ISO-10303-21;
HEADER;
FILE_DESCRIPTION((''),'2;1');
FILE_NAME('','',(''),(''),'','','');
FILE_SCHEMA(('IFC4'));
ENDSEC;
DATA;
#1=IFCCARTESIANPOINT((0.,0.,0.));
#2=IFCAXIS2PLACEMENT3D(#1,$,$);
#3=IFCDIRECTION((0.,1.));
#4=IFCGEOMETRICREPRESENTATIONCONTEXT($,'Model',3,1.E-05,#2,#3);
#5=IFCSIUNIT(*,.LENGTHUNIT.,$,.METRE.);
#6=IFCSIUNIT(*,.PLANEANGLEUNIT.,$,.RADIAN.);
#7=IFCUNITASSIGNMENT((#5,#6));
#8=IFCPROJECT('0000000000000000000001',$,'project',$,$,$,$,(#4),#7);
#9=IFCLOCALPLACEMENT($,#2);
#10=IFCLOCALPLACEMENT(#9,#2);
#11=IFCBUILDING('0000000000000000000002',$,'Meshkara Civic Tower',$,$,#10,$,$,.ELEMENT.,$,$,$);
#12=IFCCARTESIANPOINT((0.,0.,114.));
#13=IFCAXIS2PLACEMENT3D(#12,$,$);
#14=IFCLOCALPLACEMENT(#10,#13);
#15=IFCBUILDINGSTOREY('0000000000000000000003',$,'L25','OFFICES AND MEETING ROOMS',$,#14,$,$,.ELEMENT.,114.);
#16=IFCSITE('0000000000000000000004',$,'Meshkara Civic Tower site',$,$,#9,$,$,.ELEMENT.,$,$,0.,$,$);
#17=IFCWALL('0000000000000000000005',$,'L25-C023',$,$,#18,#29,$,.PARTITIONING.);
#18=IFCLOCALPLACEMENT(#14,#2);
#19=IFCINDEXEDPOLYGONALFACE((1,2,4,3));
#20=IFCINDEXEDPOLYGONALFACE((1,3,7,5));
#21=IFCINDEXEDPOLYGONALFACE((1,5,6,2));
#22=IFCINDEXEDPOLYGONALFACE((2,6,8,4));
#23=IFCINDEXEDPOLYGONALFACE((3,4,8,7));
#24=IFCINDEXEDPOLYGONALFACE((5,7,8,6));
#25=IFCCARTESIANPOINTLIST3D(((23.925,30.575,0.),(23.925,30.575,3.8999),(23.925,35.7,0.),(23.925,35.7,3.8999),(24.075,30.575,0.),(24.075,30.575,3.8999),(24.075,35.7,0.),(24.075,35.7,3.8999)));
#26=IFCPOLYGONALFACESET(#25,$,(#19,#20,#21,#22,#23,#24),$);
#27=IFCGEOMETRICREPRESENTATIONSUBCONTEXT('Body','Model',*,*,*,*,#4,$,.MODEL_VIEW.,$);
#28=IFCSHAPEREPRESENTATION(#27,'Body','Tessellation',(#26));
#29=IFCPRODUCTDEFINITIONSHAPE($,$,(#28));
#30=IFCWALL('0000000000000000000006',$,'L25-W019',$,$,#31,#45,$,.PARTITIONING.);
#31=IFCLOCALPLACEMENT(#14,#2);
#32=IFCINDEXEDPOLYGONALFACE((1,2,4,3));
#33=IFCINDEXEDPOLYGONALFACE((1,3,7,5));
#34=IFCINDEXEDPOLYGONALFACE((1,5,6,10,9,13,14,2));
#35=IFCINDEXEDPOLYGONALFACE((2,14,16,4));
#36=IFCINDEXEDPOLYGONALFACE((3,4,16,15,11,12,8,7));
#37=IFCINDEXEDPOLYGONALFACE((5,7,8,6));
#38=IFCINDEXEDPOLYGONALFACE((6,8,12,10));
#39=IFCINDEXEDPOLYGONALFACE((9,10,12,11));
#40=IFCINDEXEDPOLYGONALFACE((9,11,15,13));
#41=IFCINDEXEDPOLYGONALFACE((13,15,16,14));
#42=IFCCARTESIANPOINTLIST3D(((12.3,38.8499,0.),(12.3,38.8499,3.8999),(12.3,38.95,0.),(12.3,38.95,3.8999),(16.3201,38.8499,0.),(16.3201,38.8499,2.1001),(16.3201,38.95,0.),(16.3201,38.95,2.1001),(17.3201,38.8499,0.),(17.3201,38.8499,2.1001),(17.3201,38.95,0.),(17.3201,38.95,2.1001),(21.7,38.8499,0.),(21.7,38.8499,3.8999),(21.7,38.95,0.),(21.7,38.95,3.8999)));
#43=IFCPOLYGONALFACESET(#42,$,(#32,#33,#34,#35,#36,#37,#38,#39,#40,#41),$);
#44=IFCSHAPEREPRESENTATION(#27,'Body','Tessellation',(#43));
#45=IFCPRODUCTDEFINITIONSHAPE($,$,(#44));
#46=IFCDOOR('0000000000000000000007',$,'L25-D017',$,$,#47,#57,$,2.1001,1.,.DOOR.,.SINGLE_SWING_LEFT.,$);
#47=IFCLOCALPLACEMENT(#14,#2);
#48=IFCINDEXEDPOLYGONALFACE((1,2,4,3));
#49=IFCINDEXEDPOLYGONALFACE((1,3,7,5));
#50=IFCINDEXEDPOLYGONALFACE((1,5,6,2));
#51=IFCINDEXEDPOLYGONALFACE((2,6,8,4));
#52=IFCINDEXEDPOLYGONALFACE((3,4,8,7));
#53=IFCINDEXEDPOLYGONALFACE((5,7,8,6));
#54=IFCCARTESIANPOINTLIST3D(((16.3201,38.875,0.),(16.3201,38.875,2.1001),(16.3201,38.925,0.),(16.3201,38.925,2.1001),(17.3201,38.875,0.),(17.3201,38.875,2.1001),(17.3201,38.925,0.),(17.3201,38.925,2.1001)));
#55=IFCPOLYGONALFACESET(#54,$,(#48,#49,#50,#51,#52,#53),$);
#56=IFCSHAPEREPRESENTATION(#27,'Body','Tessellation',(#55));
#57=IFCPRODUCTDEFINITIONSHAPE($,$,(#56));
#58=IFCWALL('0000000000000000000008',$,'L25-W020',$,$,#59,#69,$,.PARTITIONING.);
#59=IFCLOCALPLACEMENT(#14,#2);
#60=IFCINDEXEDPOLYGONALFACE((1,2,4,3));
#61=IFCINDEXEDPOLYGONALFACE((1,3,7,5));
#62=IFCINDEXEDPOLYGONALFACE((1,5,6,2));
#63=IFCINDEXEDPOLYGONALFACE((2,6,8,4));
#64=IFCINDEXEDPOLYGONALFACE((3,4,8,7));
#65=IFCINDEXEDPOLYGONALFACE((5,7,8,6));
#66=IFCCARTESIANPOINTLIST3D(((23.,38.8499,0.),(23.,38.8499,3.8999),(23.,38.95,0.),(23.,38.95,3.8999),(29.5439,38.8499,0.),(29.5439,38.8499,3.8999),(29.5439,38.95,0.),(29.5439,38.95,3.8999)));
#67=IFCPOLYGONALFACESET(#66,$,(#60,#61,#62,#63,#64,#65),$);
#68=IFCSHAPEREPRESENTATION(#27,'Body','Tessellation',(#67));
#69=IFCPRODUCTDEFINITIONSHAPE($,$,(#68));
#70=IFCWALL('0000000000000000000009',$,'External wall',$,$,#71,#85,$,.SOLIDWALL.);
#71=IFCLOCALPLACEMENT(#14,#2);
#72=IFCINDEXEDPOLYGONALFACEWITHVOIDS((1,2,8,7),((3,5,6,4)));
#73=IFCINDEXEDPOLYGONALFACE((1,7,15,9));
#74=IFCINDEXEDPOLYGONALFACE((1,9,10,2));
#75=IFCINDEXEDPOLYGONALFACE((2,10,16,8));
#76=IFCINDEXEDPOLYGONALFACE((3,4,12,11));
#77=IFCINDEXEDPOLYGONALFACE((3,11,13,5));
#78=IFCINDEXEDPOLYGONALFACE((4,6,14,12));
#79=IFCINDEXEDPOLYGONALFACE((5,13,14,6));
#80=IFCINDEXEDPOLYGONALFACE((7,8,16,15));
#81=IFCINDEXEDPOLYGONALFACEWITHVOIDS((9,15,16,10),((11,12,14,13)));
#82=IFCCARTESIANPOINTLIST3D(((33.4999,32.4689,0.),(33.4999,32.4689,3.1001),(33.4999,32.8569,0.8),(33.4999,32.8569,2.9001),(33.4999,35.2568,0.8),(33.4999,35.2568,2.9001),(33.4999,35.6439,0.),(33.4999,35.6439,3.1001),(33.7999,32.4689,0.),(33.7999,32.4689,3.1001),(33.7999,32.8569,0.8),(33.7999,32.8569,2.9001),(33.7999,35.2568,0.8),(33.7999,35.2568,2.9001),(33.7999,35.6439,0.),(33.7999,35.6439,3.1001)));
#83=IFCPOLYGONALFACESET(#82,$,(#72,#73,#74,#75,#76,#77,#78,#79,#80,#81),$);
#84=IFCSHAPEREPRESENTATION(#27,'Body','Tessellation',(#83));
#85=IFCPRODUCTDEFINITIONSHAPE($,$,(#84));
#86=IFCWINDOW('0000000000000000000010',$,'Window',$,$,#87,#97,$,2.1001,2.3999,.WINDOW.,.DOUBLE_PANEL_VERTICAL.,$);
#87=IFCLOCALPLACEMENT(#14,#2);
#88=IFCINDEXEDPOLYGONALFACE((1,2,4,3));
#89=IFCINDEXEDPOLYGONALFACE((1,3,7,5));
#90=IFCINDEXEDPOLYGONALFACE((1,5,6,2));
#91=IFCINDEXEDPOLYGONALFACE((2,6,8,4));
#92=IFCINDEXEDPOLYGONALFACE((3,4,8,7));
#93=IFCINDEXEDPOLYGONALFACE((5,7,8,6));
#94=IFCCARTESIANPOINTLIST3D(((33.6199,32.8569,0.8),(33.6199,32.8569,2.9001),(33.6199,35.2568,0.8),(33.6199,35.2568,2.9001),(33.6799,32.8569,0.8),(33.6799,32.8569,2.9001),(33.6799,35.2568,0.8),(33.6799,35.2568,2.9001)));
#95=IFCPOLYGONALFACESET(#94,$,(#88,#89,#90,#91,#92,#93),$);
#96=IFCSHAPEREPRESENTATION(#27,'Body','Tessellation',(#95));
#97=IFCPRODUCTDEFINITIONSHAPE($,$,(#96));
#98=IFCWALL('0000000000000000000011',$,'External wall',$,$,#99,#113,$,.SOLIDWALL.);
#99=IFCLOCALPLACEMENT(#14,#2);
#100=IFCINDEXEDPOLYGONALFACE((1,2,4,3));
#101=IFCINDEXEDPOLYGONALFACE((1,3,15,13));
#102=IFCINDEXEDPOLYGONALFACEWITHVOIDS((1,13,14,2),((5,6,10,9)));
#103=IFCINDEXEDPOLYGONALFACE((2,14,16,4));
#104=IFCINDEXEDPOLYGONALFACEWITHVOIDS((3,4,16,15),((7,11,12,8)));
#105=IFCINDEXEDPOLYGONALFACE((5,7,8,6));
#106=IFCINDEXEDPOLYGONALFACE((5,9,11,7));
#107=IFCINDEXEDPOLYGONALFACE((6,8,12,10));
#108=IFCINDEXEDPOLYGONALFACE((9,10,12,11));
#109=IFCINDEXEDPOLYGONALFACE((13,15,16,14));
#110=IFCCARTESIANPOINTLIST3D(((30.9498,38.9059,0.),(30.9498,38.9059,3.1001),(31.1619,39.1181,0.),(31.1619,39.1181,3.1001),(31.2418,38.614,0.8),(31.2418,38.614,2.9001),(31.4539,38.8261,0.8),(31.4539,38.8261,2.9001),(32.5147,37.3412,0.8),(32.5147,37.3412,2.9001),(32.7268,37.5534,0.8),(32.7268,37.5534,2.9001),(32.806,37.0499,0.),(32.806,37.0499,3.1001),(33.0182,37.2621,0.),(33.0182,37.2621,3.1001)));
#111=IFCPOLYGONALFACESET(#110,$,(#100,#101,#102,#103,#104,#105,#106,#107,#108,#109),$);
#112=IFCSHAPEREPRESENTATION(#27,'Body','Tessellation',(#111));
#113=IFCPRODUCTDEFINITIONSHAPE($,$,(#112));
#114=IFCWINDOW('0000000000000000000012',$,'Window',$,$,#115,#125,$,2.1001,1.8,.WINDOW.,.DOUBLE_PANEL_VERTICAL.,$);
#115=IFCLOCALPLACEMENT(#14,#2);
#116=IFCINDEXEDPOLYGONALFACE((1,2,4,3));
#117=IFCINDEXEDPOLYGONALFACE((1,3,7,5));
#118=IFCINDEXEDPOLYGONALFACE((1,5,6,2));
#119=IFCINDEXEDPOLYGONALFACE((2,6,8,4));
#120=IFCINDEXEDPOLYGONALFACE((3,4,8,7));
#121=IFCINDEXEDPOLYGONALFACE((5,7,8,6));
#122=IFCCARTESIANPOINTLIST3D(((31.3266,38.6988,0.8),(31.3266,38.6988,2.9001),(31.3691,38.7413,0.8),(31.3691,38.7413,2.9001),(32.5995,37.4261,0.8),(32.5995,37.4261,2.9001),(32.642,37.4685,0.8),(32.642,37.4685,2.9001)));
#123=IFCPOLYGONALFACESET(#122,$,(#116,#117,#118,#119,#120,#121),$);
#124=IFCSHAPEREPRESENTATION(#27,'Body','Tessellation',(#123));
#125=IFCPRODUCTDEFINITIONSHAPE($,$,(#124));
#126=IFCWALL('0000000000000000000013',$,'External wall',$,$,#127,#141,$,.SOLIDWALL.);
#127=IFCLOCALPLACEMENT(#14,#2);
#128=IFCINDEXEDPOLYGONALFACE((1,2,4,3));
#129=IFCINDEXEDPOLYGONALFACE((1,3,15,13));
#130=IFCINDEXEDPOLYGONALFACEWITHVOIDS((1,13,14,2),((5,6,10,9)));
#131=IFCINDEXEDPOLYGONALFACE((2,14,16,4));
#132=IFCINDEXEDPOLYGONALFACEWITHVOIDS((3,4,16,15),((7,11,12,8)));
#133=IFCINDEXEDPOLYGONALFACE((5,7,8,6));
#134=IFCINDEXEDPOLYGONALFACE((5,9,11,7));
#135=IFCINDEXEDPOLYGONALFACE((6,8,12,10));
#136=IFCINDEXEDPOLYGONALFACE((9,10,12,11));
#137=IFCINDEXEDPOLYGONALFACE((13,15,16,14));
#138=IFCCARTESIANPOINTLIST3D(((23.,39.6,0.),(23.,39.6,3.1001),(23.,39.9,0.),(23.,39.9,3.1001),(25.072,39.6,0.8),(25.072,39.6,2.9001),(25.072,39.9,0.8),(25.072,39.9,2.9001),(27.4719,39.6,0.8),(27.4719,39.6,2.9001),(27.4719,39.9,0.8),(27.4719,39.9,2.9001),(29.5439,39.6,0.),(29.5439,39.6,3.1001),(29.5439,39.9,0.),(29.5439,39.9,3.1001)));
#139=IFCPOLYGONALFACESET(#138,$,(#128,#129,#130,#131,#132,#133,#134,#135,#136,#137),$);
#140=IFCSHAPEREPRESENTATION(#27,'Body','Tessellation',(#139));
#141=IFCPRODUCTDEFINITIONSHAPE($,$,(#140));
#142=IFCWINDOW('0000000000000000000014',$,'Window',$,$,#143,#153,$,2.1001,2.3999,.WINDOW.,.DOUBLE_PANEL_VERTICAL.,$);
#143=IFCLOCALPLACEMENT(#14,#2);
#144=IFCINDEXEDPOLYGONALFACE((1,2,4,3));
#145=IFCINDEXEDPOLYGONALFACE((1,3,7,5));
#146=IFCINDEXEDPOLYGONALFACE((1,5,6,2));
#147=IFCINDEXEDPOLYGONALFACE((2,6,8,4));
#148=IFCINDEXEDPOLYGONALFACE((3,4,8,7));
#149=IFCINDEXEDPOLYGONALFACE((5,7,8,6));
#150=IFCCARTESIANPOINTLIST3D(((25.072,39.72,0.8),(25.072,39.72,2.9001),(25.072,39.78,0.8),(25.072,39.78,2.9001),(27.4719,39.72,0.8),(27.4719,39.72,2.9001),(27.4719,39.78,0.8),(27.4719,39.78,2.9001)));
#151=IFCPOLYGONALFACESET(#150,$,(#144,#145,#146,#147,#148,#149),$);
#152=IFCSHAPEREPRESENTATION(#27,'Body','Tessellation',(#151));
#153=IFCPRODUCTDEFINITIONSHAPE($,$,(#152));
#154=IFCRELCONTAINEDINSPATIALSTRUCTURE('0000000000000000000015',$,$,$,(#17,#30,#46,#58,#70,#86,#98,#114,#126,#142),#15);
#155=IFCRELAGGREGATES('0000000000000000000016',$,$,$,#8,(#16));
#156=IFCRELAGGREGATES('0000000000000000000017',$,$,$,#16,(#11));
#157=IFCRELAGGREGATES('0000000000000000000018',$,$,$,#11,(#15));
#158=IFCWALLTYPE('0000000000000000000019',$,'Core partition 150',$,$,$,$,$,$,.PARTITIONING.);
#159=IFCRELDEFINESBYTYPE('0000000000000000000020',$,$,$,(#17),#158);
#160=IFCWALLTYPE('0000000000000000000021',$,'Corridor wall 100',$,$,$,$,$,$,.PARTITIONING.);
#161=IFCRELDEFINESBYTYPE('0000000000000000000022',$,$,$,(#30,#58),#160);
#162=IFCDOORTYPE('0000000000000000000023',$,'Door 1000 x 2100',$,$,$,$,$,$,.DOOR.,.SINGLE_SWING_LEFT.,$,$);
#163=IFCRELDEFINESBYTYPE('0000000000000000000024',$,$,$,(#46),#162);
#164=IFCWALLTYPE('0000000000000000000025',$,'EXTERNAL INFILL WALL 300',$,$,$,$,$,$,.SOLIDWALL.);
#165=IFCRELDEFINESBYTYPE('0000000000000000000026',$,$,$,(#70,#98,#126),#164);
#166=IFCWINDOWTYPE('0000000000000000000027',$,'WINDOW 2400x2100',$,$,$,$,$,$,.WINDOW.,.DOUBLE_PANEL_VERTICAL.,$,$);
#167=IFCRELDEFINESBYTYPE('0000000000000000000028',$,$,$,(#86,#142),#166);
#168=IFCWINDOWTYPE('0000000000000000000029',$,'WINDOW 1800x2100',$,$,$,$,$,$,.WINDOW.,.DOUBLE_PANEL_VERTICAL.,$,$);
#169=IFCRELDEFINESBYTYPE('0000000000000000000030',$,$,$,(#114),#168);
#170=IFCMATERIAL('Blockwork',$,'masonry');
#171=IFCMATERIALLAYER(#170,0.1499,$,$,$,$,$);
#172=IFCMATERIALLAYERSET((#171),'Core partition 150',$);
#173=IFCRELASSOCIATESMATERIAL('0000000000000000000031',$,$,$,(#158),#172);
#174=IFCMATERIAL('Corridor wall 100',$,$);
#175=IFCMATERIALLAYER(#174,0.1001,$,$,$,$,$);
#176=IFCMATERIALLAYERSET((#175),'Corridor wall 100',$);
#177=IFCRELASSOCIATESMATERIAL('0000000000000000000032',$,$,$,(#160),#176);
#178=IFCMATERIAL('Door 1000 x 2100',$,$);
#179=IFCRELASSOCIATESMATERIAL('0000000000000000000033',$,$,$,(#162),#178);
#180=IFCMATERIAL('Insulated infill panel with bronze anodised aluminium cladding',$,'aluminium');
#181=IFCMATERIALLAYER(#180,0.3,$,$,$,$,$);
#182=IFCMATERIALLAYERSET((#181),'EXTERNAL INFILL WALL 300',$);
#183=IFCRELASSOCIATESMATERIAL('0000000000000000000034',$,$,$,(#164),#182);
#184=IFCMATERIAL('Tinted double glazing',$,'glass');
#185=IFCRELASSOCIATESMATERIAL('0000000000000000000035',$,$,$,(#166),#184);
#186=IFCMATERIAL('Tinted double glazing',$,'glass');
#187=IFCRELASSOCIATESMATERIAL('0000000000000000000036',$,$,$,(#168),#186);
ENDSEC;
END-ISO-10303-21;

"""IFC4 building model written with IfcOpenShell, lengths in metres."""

from ifc_helpers import new_model, si_unit, direction, frame, frame_2d, origin, place, context, subcontext, project, spatial, rectangle, extrude, material, layer, layer_set, type_object, element, fill, save


model = new_model("IFC4")

# Units and contexts
model_context = context("Model", 3, precision=1e-05, world=origin(), true_north=direction((0.0, 1.0)))
body_context = subcontext(model_context, "Body", "Model", "MODEL_VIEW")
ifc_project = project(units=[si_unit("LENGTHUNIT", "METRE"), si_unit("PLANEANGLEUNIT", "RADIAN")], contexts=[model_context])

# Site, building, storey
site_placement = place(None, origin())
site = spatial("IfcSite", under=ifc_project, at=site_placement, Name="Meshkara Civic Tower site", CompositionType="ELEMENT", RefElevation=0.0)
building_placement = place(site_placement, origin())
building = spatial("IfcBuilding", under=site, at=building_placement, Name="Meshkara Civic Tower", CompositionType="ELEMENT")
storey_placement = place(building_placement, frame((0.0, 0.0, 114.0)))
storey = spatial("IfcBuildingStorey", under=building, at=storey_placement, Name="L25", Description="OFFICES AND MEETING ROOMS", CompositionType="ELEMENT", Elevation=114.0)

# Shared definitions
ifc_material_1 = material(Name="Blockwork", Category="masonry")
ifc_layer_1 = layer(ifc_material_1, 0.1499)
ifc_layer_set_1 = layer_set([ifc_layer_1], Name="Core partition 150")
wall_type_1 = type_object("IfcWallType", Name="Core partition 150", PredefinedType="PARTITIONING", material=ifc_layer_set_1)

# Wall
for number, where, z_axis, x_axis, name in (
    (1, (24.0, 30.575, 0.0), (0.0, 0.0, 1.0), (0.0, 1.0, 0.0), "L25-C023"),
):
    element("IfcWall", number, at=place(storey_placement, frame(where, z_axis=z_axis, x_axis=x_axis)), inside=storey, type_object=wall_type_1, Name=name, PredefinedType="PARTITIONING", context=body_context, shape_type="SweptSolid", body=[
        extrude(rectangle(XDim=5.125, YDim=0.1499, at=frame_2d((2.5625, 0.0))), origin(), (0.0, 0.0, 1.0), 3.8999),
    ])

# Wall, opening, door
ifc_material_2 = material(Name="Corridor wall 100")
ifc_layer_2 = layer(ifc_material_2, 0.1001)
ifc_layer_set_2 = layer_set([ifc_layer_2], Name="Corridor wall 100")
wall_type_2 = type_object("IfcWallType", Name="Corridor wall 100", PredefinedType="PARTITIONING", material=ifc_layer_set_2)
wall_1_placement = place(storey_placement, frame((21.7, 38.8999, 0.0), z_axis=(0.0, 0.0, 1.0), x_axis=(-1.0, 0.0, 0.0)))
wall_1 = element("IfcWall", 2, at=wall_1_placement, inside=storey, type_object=wall_type_2, Name="L25-W019", PredefinedType="PARTITIONING", context=body_context, shape_type="SweptSolid", body=[
    extrude(rectangle(XDim=9.3999, YDim=0.1001, at=frame_2d((4.7, 0.0))), origin(), (0.0, 0.0, 1.0), 3.8999),
])
opening_1_placement = place(wall_1_placement, frame((4.3799, 0.0, 0.0)))
opening_1 = element("IfcOpeningElement", 3, at=opening_1_placement, cuts=wall_1, PredefinedType="OPENING", context=body_context, shape_type="SweptSolid", body=[
    extrude(rectangle(XDim=1.0, YDim=2.1001, at=frame_2d((0.5, 1.05))), frame((0.0, 0.0601, 0.0), z_axis=(0.0, -1.0, 0.0), x_axis=(1.0, 0.0, 0.0)), (0.0, 0.0, 1.0), 0.1201),
])
ifc_material_3 = material(Name="Door 1000 x 2100")
door_type_1 = type_object("IfcDoorType", Name="Door 1000 x 2100", OperationType="SINGLE_SWING_LEFT", PredefinedType="DOOR", material=ifc_material_3)
door_1_placement = place(opening_1_placement, origin())
door_1 = element("IfcDoor", 4, at=door_1_placement, inside=storey, type_object=door_type_1, Name="L25-D017", OperationType="SINGLE_SWING_LEFT", OverallHeight=2.1001, OverallWidth=1.0, PredefinedType="DOOR", context=body_context, shape_type="SweptSolid", body=[
    extrude(rectangle(XDim=1.0, YDim=2.1001, at=frame_2d((0.5, 1.05))), frame((0.0, 0.0249, 0.0), z_axis=(0.0, -1.0, 0.0), x_axis=(1.0, 0.0, 0.0)), (0.0, 0.0, 1.0), 0.05),
])
fill(opening_1, door_1)

# Wall
wall_2_placement = place(storey_placement, frame((29.5439, 38.8999, 0.0), z_axis=(0.0, 0.0, 1.0), x_axis=(-1.0, 0.0, 0.0)))
element("IfcWall", 5, at=wall_2_placement, inside=storey, type_object=wall_type_2, Name="L25-W020", PredefinedType="PARTITIONING", context=body_context, shape_type="SweptSolid", body=[
    extrude(rectangle(XDim=6.5439, YDim=0.1001, at=frame_2d((3.272, 0.0))), origin(), (0.0, 0.0, 1.0), 3.8999),
])

# Walls, openings, windows
ifc_material_4 = material(Name="Insulated infill panel with bronze anodised aluminium cladding", Category="aluminium")
ifc_layer_3 = layer(ifc_material_4, 0.3)
ifc_layer_set_3 = layer_set([ifc_layer_3], Name="EXTERNAL INFILL WALL 300")
wall_type_3 = type_object("IfcWallType", Name="EXTERNAL INFILL WALL 300", PredefinedType="SOLIDWALL", material=ifc_layer_set_3)
wall_3_placement = place(storey_placement, frame((33.6499, 32.469, 0.0), z_axis=(0.0, 0.0, 1.0), x_axis=(0.0, 1.0, 0.0)))
wall_3 = element("IfcWall", 6, at=wall_3_placement, inside=storey, type_object=wall_type_3, Name="External wall", PredefinedType="SOLIDWALL", context=body_context, shape_type="SweptSolid", body=[
    extrude(rectangle(XDim=3.175, YDim=0.3, at=frame_2d((1.5874, 0.0))), origin(), (0.0, 0.0, 1.0), 3.1001),
])
opening_2_placement = place(wall_3_placement, frame((0.3879, 0.0, 0.8)))
opening_2 = element("IfcOpeningElement", 7, at=opening_2_placement, cuts=wall_3, PredefinedType="OPENING", context=body_context, shape_type="SweptSolid", body=[
    extrude(rectangle(XDim=2.3999, YDim=2.1001, at=frame_2d((1.2, 1.05))), frame((0.0, 0.1599, 0.0), z_axis=(0.0, -1.0, 0.0), x_axis=(1.0, 0.0, 0.0)), (0.0, 0.0, 1.0), 0.3201),
])
ifc_material_5 = material(Name="Tinted double glazing", Category="glass")
window_type_1 = type_object("IfcWindowType", Name="WINDOW 2400x2100", PartitioningType="DOUBLE_PANEL_VERTICAL", PredefinedType="WINDOW", material=ifc_material_5)
window_1_placement = place(opening_2_placement, origin())
window_1 = element("IfcWindow", 8, at=window_1_placement, inside=storey, type_object=window_type_1, Name="Window", OverallHeight=2.1001, OverallWidth=2.3999, PartitioningType="DOUBLE_PANEL_VERTICAL", PredefinedType="WINDOW", context=body_context, shape_type="SweptSolid", body=[
    extrude(rectangle(XDim=2.3999, YDim=2.1001, at=frame_2d((1.2, 1.05))), frame((0.0, 0.03, 0.0), z_axis=(0.0, -1.0, 0.0), x_axis=(1.0, 0.0, 0.0)), (0.0, 0.0, 1.0), 0.0601),
])
fill(opening_2, window_1)
wall_4_placement = place(storey_placement, frame((32.9121, 37.156, 0.0), z_axis=(0.0, 0.0, 1.0), x_axis=(-0.707153, 0.70706, 0.0)))
wall_4 = element("IfcWall", 9, at=wall_4_placement, inside=storey, type_object=wall_type_3, Name="External wall", PredefinedType="SOLIDWALL", context=body_context, shape_type="SweptSolid", body=[
    extrude(rectangle(XDim=2.625, YDim=0.3, at=frame_2d((1.3125, 0.0))), origin(), (0.0, 0.0, 1.0), 3.1001),
])
opening_3_placement = place(wall_4_placement, frame((0.4121, 0.0, 0.8)))
opening_3 = element("IfcOpeningElement", 10, at=opening_3_placement, cuts=wall_4, PredefinedType="OPENING", context=body_context, shape_type="SweptSolid", body=[
    extrude(rectangle(XDim=1.8, YDim=2.1001, at=frame_2d((0.8999, 1.05))), frame((0.0, 0.1599, 0.0), z_axis=(0.0, -1.0, 0.0), x_axis=(1.0, 0.0, 0.0)), (0.0, 0.0, 1.0), 0.3201),
])
ifc_material_6 = material(Name="Tinted double glazing", Category="glass")
window_type_2 = type_object("IfcWindowType", Name="WINDOW 1800x2100", PartitioningType="DOUBLE_PANEL_VERTICAL", PredefinedType="WINDOW", material=ifc_material_6)
window_2_placement = place(opening_3_placement, origin())
window_2 = element("IfcWindow", 11, at=window_2_placement, inside=storey, type_object=window_type_2, Name="Window", OverallHeight=2.1001, OverallWidth=1.8, PartitioningType="DOUBLE_PANEL_VERTICAL", PredefinedType="WINDOW", context=body_context, shape_type="SweptSolid", body=[
    extrude(rectangle(XDim=1.8, YDim=2.1001, at=frame_2d((0.8999, 1.05))), frame((0.0, 0.03, 0.0), z_axis=(0.0, -1.0, 0.0), x_axis=(1.0, 0.0, 0.0)), (0.0, 0.0, 1.0), 0.0601),
])
fill(opening_3, window_2)
wall_5_placement = place(storey_placement, frame((29.5439, 39.75, 0.0), z_axis=(0.0, 0.0, 1.0), x_axis=(-1.0, 0.0, 0.0)))
wall_5 = element("IfcWall", 12, at=wall_5_placement, inside=storey, type_object=wall_type_3, Name="External wall", PredefinedType="SOLIDWALL", context=body_context, shape_type="SweptSolid", body=[
    extrude(rectangle(XDim=6.5439, YDim=0.3, at=frame_2d((3.272, 0.0))), origin(), (0.0, 0.0, 1.0), 3.1001),
])
opening_4_placement = place(wall_5_placement, frame((2.072, 0.0, 0.8)))
opening_4 = element("IfcOpeningElement", 13, at=opening_4_placement, cuts=wall_5, PredefinedType="OPENING", context=body_context, shape_type="SweptSolid", body=[
    extrude(rectangle(XDim=2.3999, YDim=2.1001, at=frame_2d((1.2, 1.05))), frame((0.0, 0.1599, 0.0), z_axis=(0.0, -1.0, 0.0), x_axis=(1.0, 0.0, 0.0)), (0.0, 0.0, 1.0), 0.3201),
])
window_3_placement = place(opening_4_placement, origin())
window_3 = element("IfcWindow", 14, at=window_3_placement, inside=storey, type_object=window_type_1, Name="Window", OverallHeight=2.1001, OverallWidth=2.3999, PartitioningType="DOUBLE_PANEL_VERTICAL", PredefinedType="WINDOW", context=body_context, shape_type="SweptSolid", body=[
    extrude(rectangle(XDim=2.3999, YDim=2.1001, at=frame_2d((1.2, 1.05))), frame((0.0, 0.03, 0.0), z_axis=(0.0, -1.0, 0.0), x_axis=(1.0, 0.0, 0.0)), (0.0, 0.0, 1.0), 0.0601),
])
fill(opening_4, window_3)

save(model, "model.ifc")
